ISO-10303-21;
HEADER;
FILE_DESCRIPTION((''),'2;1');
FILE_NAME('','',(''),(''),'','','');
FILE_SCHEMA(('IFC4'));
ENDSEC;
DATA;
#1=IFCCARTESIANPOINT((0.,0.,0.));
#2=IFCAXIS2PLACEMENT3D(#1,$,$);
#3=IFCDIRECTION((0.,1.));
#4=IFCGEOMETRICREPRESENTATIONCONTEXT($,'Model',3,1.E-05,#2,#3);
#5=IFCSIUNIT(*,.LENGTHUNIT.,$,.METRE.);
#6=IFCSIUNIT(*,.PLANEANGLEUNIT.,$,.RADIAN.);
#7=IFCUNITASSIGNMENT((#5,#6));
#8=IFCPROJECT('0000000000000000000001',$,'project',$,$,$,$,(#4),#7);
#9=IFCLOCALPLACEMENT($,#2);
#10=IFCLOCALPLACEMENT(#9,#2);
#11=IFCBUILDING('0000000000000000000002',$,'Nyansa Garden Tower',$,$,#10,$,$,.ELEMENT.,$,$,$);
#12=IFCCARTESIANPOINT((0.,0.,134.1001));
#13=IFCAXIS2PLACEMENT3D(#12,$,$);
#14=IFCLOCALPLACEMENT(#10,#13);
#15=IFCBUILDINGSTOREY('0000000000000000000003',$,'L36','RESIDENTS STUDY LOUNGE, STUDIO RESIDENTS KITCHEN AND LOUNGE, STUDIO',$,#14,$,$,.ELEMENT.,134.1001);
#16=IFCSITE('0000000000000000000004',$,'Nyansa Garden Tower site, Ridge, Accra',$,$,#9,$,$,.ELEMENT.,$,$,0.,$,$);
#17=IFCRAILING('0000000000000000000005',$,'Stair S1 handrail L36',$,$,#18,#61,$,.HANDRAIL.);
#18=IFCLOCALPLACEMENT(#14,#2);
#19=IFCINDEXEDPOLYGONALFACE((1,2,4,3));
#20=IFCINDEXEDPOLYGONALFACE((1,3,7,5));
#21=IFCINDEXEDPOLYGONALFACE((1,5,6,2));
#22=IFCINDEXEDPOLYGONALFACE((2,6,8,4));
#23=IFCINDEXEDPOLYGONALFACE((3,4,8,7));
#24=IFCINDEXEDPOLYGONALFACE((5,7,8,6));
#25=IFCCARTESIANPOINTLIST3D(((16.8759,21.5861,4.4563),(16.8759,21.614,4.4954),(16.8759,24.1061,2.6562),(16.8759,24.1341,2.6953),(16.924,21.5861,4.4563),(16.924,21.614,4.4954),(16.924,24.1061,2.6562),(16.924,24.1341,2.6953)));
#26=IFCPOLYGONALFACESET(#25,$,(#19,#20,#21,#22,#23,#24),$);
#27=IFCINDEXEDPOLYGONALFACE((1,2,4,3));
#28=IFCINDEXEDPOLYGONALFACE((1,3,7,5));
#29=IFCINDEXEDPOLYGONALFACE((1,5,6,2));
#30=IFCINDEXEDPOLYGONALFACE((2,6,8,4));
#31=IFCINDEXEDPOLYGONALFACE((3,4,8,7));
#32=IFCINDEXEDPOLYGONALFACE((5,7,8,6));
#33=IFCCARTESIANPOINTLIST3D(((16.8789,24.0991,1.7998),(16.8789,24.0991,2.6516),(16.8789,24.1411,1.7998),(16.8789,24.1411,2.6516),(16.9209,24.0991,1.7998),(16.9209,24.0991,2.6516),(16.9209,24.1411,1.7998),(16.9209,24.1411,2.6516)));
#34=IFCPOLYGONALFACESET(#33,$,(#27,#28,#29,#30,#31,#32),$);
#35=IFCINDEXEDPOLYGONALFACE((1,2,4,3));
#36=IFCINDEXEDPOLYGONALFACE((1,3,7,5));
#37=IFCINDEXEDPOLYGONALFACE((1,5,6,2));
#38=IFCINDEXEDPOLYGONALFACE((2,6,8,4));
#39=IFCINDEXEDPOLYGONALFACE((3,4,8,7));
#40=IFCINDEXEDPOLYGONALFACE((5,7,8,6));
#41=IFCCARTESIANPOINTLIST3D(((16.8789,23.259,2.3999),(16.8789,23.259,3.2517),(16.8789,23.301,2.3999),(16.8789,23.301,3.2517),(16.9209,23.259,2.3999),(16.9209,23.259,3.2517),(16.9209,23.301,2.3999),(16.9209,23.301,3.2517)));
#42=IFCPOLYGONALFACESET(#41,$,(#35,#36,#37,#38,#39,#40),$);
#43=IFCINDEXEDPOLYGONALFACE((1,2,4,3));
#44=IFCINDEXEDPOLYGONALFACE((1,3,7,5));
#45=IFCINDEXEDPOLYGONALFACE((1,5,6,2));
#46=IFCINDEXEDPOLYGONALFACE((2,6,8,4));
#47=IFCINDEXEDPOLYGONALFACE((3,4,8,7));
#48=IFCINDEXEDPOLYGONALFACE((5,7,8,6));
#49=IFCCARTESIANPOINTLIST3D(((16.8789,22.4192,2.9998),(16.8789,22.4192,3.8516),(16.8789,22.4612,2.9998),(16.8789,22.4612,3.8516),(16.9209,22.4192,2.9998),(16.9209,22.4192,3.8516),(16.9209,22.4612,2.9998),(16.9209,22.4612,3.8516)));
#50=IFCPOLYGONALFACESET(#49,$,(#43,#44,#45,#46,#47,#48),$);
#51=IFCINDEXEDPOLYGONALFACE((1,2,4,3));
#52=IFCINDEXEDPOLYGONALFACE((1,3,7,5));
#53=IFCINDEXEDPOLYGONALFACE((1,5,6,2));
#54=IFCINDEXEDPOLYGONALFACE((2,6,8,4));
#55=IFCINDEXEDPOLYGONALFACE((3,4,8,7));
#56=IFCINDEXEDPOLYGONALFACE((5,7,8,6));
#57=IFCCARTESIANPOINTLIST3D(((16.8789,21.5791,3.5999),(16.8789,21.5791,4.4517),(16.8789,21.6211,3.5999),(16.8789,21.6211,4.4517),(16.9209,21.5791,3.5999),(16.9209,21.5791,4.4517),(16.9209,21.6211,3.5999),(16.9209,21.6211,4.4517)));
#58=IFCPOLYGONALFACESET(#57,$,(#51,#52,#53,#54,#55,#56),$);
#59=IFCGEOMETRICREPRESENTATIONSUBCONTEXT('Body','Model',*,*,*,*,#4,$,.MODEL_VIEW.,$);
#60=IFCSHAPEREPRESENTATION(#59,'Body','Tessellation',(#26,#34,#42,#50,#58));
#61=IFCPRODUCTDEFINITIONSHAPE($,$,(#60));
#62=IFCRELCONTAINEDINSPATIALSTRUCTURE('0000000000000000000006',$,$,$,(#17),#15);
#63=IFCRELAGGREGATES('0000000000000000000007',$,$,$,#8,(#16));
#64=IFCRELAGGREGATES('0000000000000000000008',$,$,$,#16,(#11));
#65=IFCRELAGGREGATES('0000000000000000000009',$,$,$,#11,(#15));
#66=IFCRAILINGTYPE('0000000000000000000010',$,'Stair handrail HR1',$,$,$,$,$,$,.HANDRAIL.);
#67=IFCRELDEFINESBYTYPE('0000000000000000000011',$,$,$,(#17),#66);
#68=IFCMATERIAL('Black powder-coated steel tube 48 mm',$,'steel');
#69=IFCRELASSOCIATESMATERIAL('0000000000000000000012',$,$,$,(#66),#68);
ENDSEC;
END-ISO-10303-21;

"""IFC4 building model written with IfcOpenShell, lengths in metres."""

from ifc_helpers import new_model, si_unit, direction, frame, origin, origin_2d, place, context, subcontext, project, spatial, rectangle, extrude, material, type_object, element, save


model = new_model("IFC4")

# Units and contexts
model_context = context("Model", 3, precision=1e-05, world=origin(), true_north=direction((0.0, 1.0)))
body_context = subcontext(model_context, "Body", "Model", "MODEL_VIEW")
ifc_project = project(units=[si_unit("LENGTHUNIT", "METRE"), si_unit("PLANEANGLEUNIT", "RADIAN")], contexts=[model_context])

# Site, building, storey
site_placement = place(None, origin())
site = spatial("IfcSite", under=ifc_project, at=site_placement, Name="Nyansa Garden Tower site, Ridge, Accra", CompositionType="ELEMENT", RefElevation=0.0)
building_placement = place(site_placement, origin())
building = spatial("IfcBuilding", under=site, at=building_placement, Name="Nyansa Garden Tower", CompositionType="ELEMENT")
storey_placement = place(building_placement, frame((0.0, 0.0, 134.1001)))
storey = spatial("IfcBuildingStorey", under=building, at=storey_placement, Name="L36", Description="RESIDENTS STUDY LOUNGE, STUDIO RESIDENTS KITCHEN AND LOUNGE, STUDIO", CompositionType="ELEMENT", Elevation=134.1001)

# Railing
ifc_material_1 = material(Name="Black powder-coated steel tube 48 mm", Category="steel")
railing_type = type_object("IfcRailingType", Name="Stair handrail HR1", PredefinedType="HANDRAIL", material=ifc_material_1)
railing_placement = place(storey_placement, frame((16.8999, 24.1201, 1.7998)))
element("IfcRailing", 1, at=railing_placement, inside=storey, type_object=railing_type, Name="Stair S1 handrail L36", PredefinedType="HANDRAIL", context=body_context, shape_type="SweptSolid", body=[
    extrude(rectangle(XDim=0.0481, YDim=0.0481, at=origin_2d()), frame((0.0, 0.0, 0.876), z_axis=(0.0, -0.813728, 0.581246), x_axis=(1.0, 0.0, 0.0)), (0.0, 0.0, 1.0), 3.0969),
    extrude(rectangle(XDim=0.042, YDim=0.042, at=origin_2d()), origin(), (0.0, 0.0, 1.0), 0.8518),
    extrude(rectangle(XDim=0.042, YDim=0.042, at=origin_2d()), frame((0.0, -0.8401, 0.6001)), (0.0, 0.0, 1.0), 0.8518),
    extrude(rectangle(XDim=0.042, YDim=0.042, at=origin_2d()), frame((0.0, -1.6799, 1.2)), (0.0, 0.0, 1.0), 0.8518),
    extrude(rectangle(XDim=0.042, YDim=0.042, at=origin_2d()), frame((0.0, -2.52, 1.8)), (0.0, 0.0, 1.0), 0.8518),
])

save(model, "model.ifc")
